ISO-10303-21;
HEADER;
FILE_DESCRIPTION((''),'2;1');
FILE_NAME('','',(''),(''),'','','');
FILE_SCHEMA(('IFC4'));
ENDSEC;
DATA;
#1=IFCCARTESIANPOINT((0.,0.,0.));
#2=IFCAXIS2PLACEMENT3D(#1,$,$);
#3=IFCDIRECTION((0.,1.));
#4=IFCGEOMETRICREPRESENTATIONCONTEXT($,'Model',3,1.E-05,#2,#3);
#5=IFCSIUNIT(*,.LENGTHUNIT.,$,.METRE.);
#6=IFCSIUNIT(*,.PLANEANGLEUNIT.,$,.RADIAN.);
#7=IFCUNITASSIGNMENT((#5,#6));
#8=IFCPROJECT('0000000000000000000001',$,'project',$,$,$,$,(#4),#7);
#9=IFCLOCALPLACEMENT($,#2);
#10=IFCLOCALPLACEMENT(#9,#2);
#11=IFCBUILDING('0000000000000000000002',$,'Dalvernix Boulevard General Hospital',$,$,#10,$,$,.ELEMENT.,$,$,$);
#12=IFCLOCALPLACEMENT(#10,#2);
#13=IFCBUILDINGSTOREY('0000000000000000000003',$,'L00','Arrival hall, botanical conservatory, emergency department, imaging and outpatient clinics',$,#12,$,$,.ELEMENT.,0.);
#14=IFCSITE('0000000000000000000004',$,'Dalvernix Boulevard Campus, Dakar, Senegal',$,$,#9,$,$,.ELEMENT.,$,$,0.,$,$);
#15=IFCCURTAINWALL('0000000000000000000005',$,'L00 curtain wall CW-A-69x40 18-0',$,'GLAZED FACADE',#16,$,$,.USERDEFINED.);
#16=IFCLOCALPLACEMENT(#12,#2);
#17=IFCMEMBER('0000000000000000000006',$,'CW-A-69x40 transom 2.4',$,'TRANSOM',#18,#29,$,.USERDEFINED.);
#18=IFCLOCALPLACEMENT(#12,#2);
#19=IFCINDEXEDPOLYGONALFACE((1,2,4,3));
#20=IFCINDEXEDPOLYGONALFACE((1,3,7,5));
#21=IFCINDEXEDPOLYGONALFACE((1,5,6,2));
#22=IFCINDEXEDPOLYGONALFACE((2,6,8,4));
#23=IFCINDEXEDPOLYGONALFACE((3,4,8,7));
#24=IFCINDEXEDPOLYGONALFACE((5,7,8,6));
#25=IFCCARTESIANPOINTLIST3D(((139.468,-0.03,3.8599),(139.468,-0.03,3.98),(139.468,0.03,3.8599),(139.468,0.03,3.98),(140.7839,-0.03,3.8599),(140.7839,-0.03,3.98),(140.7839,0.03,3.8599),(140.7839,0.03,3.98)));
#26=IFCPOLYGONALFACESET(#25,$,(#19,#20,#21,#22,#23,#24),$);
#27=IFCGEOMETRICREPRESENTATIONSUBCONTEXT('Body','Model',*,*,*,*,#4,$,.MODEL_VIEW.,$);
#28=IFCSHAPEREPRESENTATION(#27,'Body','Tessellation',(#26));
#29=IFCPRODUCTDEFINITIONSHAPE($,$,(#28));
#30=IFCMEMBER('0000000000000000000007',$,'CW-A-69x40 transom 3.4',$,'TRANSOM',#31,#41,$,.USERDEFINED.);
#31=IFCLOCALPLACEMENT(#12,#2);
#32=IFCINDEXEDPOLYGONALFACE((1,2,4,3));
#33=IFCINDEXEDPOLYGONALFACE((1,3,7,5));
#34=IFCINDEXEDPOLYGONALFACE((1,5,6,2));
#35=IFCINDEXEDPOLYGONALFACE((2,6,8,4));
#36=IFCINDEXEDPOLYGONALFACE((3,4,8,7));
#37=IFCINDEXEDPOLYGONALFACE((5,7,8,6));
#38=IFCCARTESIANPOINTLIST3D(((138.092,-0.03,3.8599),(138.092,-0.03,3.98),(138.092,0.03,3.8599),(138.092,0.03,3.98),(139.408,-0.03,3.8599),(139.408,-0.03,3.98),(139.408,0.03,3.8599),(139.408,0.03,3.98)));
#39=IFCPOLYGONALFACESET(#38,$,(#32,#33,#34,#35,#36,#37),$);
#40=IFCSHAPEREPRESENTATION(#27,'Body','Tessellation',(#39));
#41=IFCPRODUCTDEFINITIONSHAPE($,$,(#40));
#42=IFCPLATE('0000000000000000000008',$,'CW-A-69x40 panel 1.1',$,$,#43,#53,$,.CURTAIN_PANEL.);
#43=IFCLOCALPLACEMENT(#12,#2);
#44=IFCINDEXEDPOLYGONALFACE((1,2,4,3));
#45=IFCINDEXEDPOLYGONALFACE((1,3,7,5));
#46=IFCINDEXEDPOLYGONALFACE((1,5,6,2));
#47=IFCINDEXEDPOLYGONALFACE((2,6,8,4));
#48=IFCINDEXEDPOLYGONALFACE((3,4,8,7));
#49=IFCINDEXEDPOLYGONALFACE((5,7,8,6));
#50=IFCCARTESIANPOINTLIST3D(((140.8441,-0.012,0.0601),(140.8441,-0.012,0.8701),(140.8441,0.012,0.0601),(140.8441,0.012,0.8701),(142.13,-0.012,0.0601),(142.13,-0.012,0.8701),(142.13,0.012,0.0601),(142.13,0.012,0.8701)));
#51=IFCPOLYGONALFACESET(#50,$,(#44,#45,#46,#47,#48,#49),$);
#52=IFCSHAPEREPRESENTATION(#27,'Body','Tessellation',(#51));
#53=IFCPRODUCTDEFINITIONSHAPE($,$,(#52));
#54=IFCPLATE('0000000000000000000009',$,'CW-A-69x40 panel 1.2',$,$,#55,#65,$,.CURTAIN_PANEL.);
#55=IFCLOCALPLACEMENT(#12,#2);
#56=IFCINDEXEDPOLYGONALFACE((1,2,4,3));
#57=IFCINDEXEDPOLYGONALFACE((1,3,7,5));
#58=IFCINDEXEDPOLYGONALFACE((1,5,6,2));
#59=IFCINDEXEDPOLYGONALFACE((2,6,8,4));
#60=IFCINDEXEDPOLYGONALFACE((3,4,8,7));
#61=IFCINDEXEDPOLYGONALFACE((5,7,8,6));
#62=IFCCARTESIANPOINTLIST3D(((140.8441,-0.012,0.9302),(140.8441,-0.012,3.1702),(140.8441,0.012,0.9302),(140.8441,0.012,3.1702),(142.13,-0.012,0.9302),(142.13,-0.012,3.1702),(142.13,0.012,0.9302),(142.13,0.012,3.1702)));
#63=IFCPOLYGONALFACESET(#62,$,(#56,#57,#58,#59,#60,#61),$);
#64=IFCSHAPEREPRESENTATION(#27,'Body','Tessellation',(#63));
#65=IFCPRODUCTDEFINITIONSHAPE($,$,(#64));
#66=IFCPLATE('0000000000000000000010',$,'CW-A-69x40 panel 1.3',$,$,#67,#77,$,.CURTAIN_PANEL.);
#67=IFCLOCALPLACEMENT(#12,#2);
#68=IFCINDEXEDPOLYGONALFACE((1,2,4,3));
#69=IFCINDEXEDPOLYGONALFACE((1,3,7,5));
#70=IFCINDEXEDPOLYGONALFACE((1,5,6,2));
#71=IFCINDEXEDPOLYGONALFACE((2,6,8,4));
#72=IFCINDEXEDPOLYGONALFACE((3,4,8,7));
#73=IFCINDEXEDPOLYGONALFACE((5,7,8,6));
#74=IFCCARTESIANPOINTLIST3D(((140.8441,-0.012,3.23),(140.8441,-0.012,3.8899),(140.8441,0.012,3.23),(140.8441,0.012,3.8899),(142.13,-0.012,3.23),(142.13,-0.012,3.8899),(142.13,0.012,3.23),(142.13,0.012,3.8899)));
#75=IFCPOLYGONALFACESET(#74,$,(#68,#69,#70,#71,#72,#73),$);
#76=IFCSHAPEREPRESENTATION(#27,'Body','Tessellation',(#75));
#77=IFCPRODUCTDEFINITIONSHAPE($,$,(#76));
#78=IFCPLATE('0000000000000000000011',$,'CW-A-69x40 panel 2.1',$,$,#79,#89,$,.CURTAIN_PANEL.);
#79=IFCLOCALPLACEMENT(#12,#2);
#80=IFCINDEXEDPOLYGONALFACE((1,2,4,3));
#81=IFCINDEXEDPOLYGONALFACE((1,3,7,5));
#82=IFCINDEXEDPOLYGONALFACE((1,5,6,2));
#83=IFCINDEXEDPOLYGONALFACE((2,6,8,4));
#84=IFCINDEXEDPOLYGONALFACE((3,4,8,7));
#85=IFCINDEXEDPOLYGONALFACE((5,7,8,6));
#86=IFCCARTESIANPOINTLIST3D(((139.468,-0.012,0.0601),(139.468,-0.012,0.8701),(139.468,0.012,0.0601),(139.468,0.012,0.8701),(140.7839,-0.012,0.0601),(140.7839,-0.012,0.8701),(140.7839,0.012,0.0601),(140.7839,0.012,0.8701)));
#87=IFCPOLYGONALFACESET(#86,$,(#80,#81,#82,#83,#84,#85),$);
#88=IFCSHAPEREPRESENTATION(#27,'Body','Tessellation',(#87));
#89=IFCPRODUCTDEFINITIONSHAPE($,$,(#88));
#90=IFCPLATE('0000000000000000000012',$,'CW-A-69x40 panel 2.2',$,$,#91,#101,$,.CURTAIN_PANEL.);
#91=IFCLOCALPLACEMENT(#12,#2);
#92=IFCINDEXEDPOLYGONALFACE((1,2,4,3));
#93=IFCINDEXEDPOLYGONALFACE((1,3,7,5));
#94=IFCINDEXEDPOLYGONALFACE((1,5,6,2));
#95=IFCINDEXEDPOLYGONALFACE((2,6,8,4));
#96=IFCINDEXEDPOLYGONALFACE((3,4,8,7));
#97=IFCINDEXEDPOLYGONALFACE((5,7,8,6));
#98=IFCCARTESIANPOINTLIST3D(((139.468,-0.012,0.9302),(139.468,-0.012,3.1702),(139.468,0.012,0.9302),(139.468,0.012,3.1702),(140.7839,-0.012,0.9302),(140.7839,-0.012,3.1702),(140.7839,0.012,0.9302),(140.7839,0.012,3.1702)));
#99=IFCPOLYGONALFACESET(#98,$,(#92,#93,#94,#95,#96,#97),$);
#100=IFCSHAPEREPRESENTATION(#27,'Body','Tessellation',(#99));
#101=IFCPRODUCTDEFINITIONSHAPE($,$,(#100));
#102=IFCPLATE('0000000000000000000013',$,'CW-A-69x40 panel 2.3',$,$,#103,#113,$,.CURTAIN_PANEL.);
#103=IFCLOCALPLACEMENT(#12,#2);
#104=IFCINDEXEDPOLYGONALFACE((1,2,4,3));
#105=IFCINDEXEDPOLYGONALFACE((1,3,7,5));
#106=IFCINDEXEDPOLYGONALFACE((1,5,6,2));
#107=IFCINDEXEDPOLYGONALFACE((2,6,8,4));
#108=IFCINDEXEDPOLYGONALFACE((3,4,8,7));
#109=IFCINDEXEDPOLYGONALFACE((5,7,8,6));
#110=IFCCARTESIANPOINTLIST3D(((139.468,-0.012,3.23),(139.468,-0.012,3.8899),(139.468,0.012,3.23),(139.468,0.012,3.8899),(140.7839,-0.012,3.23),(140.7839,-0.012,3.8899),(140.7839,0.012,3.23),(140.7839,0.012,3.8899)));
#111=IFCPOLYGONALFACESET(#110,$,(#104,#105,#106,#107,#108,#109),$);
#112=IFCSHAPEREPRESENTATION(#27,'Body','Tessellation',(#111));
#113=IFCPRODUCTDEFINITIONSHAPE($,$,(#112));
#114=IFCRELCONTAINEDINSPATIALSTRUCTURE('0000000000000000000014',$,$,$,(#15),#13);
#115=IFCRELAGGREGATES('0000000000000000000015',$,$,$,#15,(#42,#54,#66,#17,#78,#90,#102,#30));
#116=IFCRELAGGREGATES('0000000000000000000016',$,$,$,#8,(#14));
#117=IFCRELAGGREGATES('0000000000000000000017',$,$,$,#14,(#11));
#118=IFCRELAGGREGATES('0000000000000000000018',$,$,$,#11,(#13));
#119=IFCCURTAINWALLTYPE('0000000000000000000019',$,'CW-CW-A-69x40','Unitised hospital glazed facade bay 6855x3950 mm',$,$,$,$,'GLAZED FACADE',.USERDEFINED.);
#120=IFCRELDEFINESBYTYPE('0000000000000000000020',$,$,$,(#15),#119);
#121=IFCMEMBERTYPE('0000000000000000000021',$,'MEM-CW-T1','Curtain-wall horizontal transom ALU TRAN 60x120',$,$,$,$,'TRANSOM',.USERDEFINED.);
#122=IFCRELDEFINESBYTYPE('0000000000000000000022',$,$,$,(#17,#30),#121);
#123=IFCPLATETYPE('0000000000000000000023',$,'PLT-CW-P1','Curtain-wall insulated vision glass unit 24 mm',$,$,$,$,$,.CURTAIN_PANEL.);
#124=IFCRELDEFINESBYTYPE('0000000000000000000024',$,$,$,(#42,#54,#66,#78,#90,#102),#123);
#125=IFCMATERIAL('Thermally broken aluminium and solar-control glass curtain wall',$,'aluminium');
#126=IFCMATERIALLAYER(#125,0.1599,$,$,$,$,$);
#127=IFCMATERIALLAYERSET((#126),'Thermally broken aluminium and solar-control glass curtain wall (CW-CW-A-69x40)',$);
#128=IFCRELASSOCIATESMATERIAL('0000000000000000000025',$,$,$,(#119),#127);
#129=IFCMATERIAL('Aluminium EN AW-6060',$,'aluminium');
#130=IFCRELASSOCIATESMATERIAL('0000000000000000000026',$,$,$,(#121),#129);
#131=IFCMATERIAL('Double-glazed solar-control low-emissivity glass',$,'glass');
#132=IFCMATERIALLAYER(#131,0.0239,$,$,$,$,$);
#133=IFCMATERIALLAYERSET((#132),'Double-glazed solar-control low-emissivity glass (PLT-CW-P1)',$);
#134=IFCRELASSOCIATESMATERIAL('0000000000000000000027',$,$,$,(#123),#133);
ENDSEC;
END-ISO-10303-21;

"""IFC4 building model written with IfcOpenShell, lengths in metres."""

from ifc_helpers import new_model, si_unit, direction, frame, origin, origin_2d, place, context, subcontext, project, spatial, rectangle, extrude, material, layer, layer_set, material_profile, profile_set, type_object, element, aggregate, save


model = new_model("IFC4")

# Units and contexts
model_context = context("Model", 3, precision=1e-05, world=origin(), true_north=direction((0.0, 1.0)))
body_context = subcontext(model_context, "Body", "Model", "MODEL_VIEW")
ifc_project = project(units=[si_unit("LENGTHUNIT", "METRE"), si_unit("PLANEANGLEUNIT", "RADIAN")], contexts=[model_context])

# Site, building, storey
site_placement = place(None, origin())
site = spatial("IfcSite", under=ifc_project, at=site_placement, Name="Dalvernix Boulevard Campus, Dakar, Senegal", CompositionType="ELEMENT", RefElevation=0.0)
building_placement = place(site_placement, origin())
building = spatial("IfcBuilding", under=site, at=building_placement, Name="Dalvernix Boulevard General Hospital", CompositionType="ELEMENT")
storey_placement = place(building_placement, origin())
storey = spatial("IfcBuildingStorey", under=building, at=storey_placement, Name="L00", Description="Arrival hall, botanical conservatory, emergency department, imaging and outpatient clinics", CompositionType="ELEMENT", Elevation=0.0)

# Curtain wall, members, plates
ifc_material_1 = material(Name="Thermally broken aluminium and solar-control glass curtain wall", Category="aluminium")
ifc_layer_1 = layer(ifc_material_1, 0.1599)
ifc_layer_set_1 = layer_set([ifc_layer_1], Name="Thermally broken aluminium and solar-control glass curtain wall (CW-CW-A-69x40)")
curtain_wall_type = type_object("IfcCurtainWallType", Name="CW-CW-A-69x40", Description="Unitised hospital glazed facade bay 6855x3950 mm", ElementType="GLAZED FACADE", PredefinedType="USERDEFINED", material=ifc_layer_set_1)
curtain_wall_placement = place(storey_placement, origin())
curtain_wall = element("IfcCurtainWall", 1, at=curtain_wall_placement, inside=storey, type_object=curtain_wall_type, Name="L00 curtain wall CW-A-69x40 18-0", ObjectType="GLAZED FACADE", PredefinedType="USERDEFINED")
ifc_material_2 = material(Name="Aluminium EN AW-6060", Category="aluminium")
ifc_material_profile_1 = material_profile(ifc_material_2, rectangle(XDim=0.0601, YDim=0.1201, at=origin_2d()), Name="ALU TRAN 60x120")
ifc_profile_set_1 = profile_set([ifc_material_profile_1], Name="Aluminium EN AW-6060")
member_type_1 = type_object("IfcMemberType", Name="MEM-CW-T1", Description="Curtain-wall horizontal transom ALU TRAN 60x120", ElementType="TRANSOM", PredefinedType="USERDEFINED", material=ifc_profile_set_1)
member_1_placement = place(storey_placement, frame((140.7839, 0.0, 3.9199), z_axis=(-1.0, 0.0, 0.0), x_axis=(0.0, -1.0, 0.0)))
member_1 = element("IfcMember", 2, at=member_1_placement, type_object=member_type_1, Name="CW-A-69x40 transom 2.4", ObjectType="TRANSOM", PredefinedType="USERDEFINED", context=body_context, shape_type="SweptSolid", body=[
    extrude(rectangle(XDim=0.0601, YDim=0.1201, at=origin_2d()), origin(), (0.0, 0.0, 1.0), 1.3159),
])
member_2_placement = place(storey_placement, frame((139.408, 0.0, 3.9199), z_axis=(-1.0, 0.0, 0.0), x_axis=(0.0, -1.0, 0.0)))
member_2 = element("IfcMember", 3, at=member_2_placement, type_object=member_type_1, Name="CW-A-69x40 transom 3.4", ObjectType="TRANSOM", PredefinedType="USERDEFINED", context=body_context, shape_type="SweptSolid", body=[
    extrude(rectangle(XDim=0.0601, YDim=0.1201, at=origin_2d()), origin(), (0.0, 0.0, 1.0), 1.3159),
])
ifc_material_3 = material(Name="Double-glazed solar-control low-emissivity glass", Category="glass")
ifc_layer_2 = layer(ifc_material_3, 0.0239)
ifc_layer_set_2 = layer_set([ifc_layer_2], Name="Double-glazed solar-control low-emissivity glass (PLT-CW-P1)")
plate_type = type_object("IfcPlateType", Name="PLT-CW-P1", Description="Curtain-wall insulated vision glass unit 24 mm", PredefinedType="CURTAIN_PANEL", material=ifc_layer_set_2)
plate_1_placement = place(storey_placement, frame((141.4871, 0.0, 0.0601), z_axis=(0.0, 0.0, 1.0), x_axis=(-1.0, 0.0, 0.0)))
plate_1 = element("IfcPlate", 4, at=plate_1_placement, type_object=plate_type, Name="CW-A-69x40 panel 1.1", PredefinedType="CURTAIN_PANEL", context=body_context, shape_type="SweptSolid", body=[
    extrude(rectangle(XDim=1.2859, YDim=0.0239, at=origin_2d()), origin(), (0.0, 0.0, 1.0), 0.8101),
])
plate_2_placement = place(storey_placement, frame((141.4871, 0.0, 0.9302), z_axis=(0.0, 0.0, 1.0), x_axis=(-1.0, 0.0, 0.0)))
plate_2 = element("IfcPlate", 5, at=plate_2_placement, type_object=plate_type, Name="CW-A-69x40 panel 1.2", PredefinedType="CURTAIN_PANEL", context=body_context, shape_type="SweptSolid", body=[
    extrude(rectangle(XDim=1.2859, YDim=0.0239, at=origin_2d()), origin(), (0.0, 0.0, 1.0), 2.24),
])
plate_3_placement = place(storey_placement, frame((141.4871, 0.0, 3.23), z_axis=(0.0, 0.0, 1.0), x_axis=(-1.0, 0.0, 0.0)))
plate_3 = element("IfcPlate", 6, at=plate_3_placement, type_object=plate_type, Name="CW-A-69x40 panel 1.3", PredefinedType="CURTAIN_PANEL", context=body_context, shape_type="SweptSolid", body=[
    extrude(rectangle(XDim=1.2859, YDim=0.0239, at=origin_2d()), origin(), (0.0, 0.0, 1.0), 0.6599),
])
plate_4_placement = place(storey_placement, frame((140.126, 0.0, 0.0601), z_axis=(0.0, 0.0, 1.0), x_axis=(-1.0, 0.0, 0.0)))
plate_4 = element("IfcPlate", 7, at=plate_4_placement, type_object=plate_type, Name="CW-A-69x40 panel 2.1", PredefinedType="CURTAIN_PANEL", context=body_context, shape_type="SweptSolid", body=[
    extrude(rectangle(XDim=1.3159, YDim=0.0239, at=origin_2d()), origin(), (0.0, 0.0, 1.0), 0.8101),
])
plate_5_placement = place(storey_placement, frame((140.126, 0.0, 0.9302), z_axis=(0.0, 0.0, 1.0), x_axis=(-1.0, 0.0, 0.0)))
plate_5 = element("IfcPlate", 8, at=plate_5_placement, type_object=plate_type, Name="CW-A-69x40 panel 2.2", PredefinedType="CURTAIN_PANEL", context=body_context, shape_type="SweptSolid", body=[
    extrude(rectangle(XDim=1.3159, YDim=0.0239, at=origin_2d()), origin(), (0.0, 0.0, 1.0), 2.24),
])
plate_6_placement = place(storey_placement, frame((140.126, 0.0, 3.23), z_axis=(0.0, 0.0, 1.0), x_axis=(-1.0, 0.0, 0.0)))
plate_6 = element("IfcPlate", 9, at=plate_6_placement, type_object=plate_type, Name="CW-A-69x40 panel 2.3", PredefinedType="CURTAIN_PANEL", context=body_context, shape_type="SweptSolid", body=[
    extrude(rectangle(XDim=1.3159, YDim=0.0239, at=origin_2d()), origin(), (0.0, 0.0, 1.0), 0.6599),
])
aggregate(curtain_wall, [plate_1, plate_2, plate_3, member_1, plate_4, plate_5, plate_6, member_2])

save(model, "model.ifc")
